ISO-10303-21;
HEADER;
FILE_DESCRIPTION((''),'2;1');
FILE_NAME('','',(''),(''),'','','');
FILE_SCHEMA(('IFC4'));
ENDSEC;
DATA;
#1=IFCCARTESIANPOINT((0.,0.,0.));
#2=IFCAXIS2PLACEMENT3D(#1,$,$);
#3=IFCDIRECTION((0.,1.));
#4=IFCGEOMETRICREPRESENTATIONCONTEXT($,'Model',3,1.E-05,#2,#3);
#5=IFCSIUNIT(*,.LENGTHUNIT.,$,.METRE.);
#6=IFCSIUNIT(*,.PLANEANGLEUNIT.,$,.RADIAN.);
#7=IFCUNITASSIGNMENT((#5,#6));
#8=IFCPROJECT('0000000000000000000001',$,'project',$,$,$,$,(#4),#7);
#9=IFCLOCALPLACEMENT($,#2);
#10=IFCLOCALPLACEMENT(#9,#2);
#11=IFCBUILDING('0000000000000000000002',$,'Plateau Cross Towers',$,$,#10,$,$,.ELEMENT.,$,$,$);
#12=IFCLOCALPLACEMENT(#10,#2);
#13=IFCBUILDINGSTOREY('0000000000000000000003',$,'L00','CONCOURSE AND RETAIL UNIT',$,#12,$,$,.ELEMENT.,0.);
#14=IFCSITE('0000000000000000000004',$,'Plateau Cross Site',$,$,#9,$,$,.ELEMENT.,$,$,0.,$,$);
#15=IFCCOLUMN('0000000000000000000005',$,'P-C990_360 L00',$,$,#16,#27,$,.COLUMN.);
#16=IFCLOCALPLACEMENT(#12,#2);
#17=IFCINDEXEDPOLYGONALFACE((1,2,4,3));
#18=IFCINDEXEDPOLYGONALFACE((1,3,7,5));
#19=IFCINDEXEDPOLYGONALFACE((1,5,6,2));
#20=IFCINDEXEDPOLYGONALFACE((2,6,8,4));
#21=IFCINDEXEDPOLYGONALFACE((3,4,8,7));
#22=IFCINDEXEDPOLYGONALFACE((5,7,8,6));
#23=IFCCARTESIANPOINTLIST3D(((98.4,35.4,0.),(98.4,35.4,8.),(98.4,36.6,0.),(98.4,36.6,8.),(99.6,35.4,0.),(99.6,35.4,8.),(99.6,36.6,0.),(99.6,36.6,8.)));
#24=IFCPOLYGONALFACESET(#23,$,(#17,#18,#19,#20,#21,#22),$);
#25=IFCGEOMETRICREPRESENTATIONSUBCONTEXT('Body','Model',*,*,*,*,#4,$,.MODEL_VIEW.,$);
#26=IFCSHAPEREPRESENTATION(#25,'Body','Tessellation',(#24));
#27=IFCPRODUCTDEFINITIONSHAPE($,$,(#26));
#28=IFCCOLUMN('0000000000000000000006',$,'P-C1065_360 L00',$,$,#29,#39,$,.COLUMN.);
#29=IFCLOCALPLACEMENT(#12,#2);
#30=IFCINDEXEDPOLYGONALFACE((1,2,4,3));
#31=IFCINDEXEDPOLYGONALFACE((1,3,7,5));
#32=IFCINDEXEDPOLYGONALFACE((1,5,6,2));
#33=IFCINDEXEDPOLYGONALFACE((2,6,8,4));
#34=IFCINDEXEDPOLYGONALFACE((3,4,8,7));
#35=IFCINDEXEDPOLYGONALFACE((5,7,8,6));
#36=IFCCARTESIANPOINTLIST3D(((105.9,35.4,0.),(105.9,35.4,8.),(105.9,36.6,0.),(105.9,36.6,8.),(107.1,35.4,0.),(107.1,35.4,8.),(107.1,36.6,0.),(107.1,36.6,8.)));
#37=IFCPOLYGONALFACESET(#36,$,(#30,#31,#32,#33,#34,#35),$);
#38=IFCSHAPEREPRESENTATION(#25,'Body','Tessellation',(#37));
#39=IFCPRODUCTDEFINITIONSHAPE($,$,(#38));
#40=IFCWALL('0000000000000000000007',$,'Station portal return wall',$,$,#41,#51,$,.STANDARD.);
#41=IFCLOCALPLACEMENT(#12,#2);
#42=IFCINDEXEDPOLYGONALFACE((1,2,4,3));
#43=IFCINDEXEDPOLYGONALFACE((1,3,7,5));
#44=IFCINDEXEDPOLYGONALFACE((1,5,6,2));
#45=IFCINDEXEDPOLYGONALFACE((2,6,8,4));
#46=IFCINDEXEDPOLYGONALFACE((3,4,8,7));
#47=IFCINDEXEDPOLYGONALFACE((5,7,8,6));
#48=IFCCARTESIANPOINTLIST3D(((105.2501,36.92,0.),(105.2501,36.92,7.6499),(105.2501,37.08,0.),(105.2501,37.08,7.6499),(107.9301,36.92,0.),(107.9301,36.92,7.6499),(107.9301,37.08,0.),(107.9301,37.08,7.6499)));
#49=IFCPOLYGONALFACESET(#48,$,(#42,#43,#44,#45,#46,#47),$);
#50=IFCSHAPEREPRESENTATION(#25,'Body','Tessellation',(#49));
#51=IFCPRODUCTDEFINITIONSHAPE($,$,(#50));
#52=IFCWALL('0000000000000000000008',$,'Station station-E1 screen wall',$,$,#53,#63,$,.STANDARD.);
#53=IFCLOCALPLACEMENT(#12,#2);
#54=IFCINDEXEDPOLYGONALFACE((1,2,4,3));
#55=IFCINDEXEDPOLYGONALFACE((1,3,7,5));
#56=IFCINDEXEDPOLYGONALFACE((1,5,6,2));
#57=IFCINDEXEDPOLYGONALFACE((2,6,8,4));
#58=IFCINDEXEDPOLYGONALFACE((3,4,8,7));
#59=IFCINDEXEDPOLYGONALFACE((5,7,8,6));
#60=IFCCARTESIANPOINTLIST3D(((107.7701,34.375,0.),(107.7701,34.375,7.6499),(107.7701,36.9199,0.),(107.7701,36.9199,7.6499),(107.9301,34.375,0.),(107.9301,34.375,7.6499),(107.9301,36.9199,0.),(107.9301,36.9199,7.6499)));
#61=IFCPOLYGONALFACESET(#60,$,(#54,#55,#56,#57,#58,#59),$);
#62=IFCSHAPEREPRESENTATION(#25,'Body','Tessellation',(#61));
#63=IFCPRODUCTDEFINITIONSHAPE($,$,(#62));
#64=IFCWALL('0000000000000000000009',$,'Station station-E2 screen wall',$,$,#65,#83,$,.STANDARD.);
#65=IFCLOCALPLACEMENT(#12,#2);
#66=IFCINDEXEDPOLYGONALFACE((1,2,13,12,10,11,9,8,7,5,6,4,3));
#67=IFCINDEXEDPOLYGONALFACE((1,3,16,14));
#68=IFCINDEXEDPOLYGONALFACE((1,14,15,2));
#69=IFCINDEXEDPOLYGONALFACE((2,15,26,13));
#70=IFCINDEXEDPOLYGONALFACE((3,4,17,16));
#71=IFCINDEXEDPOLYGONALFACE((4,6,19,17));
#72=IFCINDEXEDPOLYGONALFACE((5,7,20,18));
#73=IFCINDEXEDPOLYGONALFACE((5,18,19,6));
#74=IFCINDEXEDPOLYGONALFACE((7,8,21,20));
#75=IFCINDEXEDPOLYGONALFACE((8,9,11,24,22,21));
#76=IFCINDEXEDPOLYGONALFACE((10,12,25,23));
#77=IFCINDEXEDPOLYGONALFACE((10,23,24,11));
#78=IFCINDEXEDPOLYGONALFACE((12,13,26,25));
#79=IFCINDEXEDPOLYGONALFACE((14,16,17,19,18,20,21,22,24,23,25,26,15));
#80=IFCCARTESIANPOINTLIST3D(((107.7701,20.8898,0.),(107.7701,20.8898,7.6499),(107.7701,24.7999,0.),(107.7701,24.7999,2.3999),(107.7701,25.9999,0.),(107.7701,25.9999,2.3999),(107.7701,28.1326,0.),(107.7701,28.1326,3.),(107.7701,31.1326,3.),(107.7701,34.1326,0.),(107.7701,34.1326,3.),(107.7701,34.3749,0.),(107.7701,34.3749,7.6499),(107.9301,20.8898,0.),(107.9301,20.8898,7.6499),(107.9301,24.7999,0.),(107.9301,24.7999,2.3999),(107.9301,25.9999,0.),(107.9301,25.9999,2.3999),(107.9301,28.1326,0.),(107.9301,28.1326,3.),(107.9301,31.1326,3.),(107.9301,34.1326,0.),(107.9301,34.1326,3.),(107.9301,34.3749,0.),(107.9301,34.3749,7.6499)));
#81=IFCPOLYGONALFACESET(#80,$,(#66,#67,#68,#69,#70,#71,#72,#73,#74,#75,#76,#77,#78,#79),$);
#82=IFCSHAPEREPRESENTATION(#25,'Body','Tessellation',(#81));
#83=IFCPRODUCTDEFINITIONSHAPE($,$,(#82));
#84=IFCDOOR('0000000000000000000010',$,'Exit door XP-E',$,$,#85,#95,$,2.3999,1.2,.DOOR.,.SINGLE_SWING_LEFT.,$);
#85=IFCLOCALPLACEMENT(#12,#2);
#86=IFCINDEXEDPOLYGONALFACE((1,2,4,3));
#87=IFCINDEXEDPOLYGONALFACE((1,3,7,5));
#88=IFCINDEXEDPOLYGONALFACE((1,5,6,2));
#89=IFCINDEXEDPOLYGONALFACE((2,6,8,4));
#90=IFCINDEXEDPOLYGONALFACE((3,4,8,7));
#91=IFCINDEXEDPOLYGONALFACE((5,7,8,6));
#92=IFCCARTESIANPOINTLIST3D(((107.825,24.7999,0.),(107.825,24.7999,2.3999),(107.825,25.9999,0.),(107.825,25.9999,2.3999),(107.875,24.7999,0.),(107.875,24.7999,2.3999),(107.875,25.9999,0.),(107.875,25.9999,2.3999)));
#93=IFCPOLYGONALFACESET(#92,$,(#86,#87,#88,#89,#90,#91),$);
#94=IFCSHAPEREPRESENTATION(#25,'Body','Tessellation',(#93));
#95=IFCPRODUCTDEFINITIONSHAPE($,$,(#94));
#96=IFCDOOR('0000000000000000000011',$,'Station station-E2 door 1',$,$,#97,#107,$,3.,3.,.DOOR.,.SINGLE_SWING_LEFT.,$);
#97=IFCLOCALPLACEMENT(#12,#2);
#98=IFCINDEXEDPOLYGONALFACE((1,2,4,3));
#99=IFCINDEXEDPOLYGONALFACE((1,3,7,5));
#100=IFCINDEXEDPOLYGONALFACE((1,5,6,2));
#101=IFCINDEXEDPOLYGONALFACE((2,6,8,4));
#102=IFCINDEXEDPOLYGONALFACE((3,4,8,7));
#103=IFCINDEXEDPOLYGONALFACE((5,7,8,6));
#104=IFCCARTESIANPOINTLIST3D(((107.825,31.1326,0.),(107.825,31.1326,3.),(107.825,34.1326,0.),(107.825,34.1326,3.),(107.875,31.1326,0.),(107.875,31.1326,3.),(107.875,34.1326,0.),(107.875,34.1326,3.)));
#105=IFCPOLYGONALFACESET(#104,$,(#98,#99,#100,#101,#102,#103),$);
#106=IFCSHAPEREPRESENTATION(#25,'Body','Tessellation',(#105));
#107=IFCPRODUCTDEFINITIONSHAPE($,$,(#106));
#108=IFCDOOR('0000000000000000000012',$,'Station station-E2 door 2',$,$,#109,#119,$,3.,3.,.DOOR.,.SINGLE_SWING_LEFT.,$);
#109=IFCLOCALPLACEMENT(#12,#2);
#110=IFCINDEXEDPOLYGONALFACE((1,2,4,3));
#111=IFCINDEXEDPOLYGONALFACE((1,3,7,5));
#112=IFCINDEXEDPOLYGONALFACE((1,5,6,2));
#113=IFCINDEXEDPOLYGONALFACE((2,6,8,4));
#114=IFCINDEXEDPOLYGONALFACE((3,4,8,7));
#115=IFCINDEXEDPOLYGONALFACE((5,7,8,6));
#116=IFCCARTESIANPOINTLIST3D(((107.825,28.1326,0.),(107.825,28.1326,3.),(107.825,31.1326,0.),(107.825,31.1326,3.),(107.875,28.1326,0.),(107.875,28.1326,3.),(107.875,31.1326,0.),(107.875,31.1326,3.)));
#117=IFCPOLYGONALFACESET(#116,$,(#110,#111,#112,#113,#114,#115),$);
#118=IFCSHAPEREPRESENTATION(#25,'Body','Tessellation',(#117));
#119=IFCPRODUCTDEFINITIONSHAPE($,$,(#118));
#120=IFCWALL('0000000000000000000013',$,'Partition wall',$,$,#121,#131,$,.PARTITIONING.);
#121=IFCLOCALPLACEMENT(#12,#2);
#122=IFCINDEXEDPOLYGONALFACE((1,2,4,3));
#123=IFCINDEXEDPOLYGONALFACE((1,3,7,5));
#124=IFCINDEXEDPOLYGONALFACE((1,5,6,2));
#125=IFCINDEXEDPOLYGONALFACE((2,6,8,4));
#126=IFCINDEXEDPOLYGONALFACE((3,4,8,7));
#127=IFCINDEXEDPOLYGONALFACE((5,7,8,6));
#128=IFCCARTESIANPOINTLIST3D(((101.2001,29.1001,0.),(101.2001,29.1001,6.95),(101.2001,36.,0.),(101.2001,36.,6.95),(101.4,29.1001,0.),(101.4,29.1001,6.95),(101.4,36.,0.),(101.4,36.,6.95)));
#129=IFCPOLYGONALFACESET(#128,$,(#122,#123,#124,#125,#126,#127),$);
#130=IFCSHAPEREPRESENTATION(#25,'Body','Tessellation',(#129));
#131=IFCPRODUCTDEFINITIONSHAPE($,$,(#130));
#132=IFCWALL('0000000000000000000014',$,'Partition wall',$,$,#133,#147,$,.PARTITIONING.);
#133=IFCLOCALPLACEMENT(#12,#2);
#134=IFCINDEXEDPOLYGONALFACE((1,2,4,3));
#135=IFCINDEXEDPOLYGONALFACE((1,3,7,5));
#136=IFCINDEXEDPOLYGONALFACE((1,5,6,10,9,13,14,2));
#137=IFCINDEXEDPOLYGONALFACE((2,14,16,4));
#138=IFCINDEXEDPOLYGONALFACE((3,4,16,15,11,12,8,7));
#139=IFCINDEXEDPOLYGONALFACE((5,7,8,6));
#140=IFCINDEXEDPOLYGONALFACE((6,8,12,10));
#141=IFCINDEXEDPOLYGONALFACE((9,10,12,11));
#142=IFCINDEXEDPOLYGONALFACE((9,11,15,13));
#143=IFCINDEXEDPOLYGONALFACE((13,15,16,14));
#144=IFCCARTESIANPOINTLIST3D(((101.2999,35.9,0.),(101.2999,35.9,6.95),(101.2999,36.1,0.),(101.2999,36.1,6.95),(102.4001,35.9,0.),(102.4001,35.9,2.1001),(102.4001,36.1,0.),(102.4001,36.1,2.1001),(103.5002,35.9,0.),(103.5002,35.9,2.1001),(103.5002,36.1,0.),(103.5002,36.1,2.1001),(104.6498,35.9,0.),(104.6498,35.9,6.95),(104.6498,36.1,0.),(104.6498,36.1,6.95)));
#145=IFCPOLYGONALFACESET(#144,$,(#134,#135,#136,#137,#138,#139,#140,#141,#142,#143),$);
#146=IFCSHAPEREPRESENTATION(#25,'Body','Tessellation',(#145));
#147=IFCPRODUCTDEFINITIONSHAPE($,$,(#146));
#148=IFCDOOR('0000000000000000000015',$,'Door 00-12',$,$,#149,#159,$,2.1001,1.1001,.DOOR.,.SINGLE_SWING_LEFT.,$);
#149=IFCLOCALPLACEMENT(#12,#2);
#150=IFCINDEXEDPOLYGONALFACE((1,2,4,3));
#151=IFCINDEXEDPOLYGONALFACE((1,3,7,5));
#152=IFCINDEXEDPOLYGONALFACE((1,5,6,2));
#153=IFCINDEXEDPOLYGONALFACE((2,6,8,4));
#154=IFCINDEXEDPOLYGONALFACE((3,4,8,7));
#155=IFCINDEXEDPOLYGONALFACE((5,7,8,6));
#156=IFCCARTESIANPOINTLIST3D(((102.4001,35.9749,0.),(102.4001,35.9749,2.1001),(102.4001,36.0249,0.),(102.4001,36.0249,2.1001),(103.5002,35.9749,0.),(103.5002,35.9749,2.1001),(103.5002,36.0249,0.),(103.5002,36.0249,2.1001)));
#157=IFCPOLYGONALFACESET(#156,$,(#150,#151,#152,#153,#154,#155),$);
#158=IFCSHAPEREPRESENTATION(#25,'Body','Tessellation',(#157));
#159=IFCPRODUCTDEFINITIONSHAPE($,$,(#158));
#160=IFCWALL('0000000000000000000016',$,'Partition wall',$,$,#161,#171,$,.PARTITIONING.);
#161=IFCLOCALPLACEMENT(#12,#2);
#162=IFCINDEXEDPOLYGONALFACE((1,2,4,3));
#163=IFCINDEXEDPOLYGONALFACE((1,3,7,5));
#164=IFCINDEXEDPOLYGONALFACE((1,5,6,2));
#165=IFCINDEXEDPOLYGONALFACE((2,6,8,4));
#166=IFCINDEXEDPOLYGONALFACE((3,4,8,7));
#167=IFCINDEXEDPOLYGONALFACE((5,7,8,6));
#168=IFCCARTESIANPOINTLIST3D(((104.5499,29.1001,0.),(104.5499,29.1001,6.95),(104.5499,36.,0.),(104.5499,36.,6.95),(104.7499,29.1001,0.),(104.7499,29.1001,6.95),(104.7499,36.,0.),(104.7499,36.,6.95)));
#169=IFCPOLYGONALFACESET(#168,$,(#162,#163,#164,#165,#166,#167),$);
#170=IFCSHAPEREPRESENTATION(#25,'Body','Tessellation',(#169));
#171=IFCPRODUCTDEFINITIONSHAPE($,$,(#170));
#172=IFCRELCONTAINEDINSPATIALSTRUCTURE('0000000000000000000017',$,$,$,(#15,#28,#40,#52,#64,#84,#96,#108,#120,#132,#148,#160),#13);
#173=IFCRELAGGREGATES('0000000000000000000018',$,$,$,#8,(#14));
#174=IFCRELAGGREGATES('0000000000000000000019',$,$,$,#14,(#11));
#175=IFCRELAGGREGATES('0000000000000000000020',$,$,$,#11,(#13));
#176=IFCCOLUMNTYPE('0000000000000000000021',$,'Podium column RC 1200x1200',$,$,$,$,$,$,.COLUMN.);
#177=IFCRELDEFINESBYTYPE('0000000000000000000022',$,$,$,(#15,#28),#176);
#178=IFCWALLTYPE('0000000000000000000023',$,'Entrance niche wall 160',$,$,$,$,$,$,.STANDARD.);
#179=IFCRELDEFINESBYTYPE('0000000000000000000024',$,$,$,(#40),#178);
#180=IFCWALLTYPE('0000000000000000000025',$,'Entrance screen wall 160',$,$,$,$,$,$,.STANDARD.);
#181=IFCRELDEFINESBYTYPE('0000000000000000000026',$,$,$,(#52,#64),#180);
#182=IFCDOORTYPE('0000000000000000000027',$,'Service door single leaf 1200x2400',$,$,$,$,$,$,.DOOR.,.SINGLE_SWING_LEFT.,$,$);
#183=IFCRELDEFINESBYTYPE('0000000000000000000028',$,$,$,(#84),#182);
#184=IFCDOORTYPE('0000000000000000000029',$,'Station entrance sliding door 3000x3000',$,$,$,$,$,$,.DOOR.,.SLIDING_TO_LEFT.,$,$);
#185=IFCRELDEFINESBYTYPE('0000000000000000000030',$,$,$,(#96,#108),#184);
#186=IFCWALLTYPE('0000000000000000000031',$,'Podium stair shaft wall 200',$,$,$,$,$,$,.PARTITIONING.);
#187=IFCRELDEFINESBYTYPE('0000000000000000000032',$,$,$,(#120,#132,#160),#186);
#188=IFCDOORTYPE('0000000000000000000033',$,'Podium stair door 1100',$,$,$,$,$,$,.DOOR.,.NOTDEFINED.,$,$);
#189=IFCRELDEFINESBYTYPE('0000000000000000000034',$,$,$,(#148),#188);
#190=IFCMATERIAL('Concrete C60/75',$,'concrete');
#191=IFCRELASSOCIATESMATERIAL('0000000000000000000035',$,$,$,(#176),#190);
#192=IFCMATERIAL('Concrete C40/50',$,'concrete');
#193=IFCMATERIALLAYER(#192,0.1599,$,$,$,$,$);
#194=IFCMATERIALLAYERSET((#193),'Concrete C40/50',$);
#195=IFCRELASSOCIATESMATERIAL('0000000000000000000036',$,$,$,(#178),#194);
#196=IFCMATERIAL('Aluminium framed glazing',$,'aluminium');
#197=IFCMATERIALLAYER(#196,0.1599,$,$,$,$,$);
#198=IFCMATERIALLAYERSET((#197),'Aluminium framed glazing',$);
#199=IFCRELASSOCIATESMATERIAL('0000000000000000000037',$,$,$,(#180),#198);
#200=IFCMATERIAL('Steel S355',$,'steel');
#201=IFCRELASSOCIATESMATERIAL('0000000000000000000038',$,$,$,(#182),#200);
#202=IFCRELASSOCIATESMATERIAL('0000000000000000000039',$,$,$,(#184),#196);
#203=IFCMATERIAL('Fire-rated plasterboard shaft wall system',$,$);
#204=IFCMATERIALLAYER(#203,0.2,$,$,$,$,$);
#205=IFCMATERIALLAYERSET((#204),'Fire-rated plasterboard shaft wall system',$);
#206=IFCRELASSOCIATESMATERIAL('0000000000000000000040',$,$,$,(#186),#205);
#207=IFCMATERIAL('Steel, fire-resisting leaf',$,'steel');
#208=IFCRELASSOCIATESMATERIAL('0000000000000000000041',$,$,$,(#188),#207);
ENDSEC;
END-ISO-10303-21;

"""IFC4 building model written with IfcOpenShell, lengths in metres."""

from ifc_helpers import new_model, si_unit, direction, frame, frame_2d, origin, origin_2d, place, context, subcontext, project, spatial, rectangle, extrude, material, layer, layer_set, material_profile, profile_set, type_object, element, fill, save


model = new_model("IFC4")

# Units and contexts
model_context = context("Model", 3, precision=1e-05, world=origin(), true_north=direction((0.0, 1.0)))
body_context = subcontext(model_context, "Body", "Model", "MODEL_VIEW")
ifc_project = project(units=[si_unit("LENGTHUNIT", "METRE"), si_unit("PLANEANGLEUNIT", "RADIAN")], contexts=[model_context])

# Site, building, storey
site_placement = place(None, origin())
site = spatial("IfcSite", under=ifc_project, at=site_placement, Name="Plateau Cross Site", CompositionType="ELEMENT", RefElevation=0.0)
building_placement = place(site_placement, origin())
building = spatial("IfcBuilding", under=site, at=building_placement, Name="Plateau Cross Towers", CompositionType="ELEMENT")
storey_placement = place(building_placement, origin())
storey = spatial("IfcBuildingStorey", under=building, at=storey_placement, Name="L00", Description="CONCOURSE AND RETAIL UNIT", CompositionType="ELEMENT", Elevation=0.0)

# Columns
ifc_material_1 = material(Name="Concrete C60/75", Category="concrete")
ifc_material_profile = material_profile(ifc_material_1, rectangle(XDim=1.2, YDim=1.2, at=origin_2d()), Name="RC 1200x1200")
ifc_profile_set = profile_set([ifc_material_profile], Name="Concrete C60/75")
column_type = type_object("IfcColumnType", Name="Podium column RC 1200x1200", PredefinedType="COLUMN", material=ifc_profile_set)
for number, where, z_axis, x_axis, name in (
    (1, (99.0, 36.0, 0.0), (0.0, 0.0, 1.0), (1.0, 0.0, 0.0), "P-C990_360 L00"),
    (2, (106.5, 36.0, 0.0), (0.0, 0.0, 1.0), (1.0, 0.0, 0.0), "P-C1065_360 L00"),
):
    element("IfcColumn", number, at=place(storey_placement, frame(where, z_axis=z_axis, x_axis=x_axis)), inside=storey, type_object=column_type, Name=name, PredefinedType="COLUMN", context=body_context, shape_type="SweptSolid", body=[
        extrude(rectangle(XDim=1.2, YDim=1.2, at=origin_2d()), origin(), (0.0, 0.0, 1.0), 8.0),
    ])

# Walls
ifc_material_2 = material(Name="Concrete C40/50", Category="concrete")
ifc_layer_1 = layer(ifc_material_2, 0.1599)
ifc_layer_set_1 = layer_set([ifc_layer_1], Name="Concrete C40/50")
wall_type_1 = type_object("IfcWallType", Name="Entrance niche wall 160", PredefinedType="STANDARD", material=ifc_layer_set_1)
wall_1_placement = place(storey_placement, frame((107.9299, 37.0, 0.0), z_axis=(0.0, 0.0, 1.0), x_axis=(-1.0, 0.0, 0.0)))
element("IfcWall", 3, at=wall_1_placement, inside=storey, type_object=wall_type_1, Name="Station portal return wall", PredefinedType="STANDARD", context=body_context, shape_type="SweptSolid", body=[
    extrude(rectangle(XDim=2.6799, YDim=0.1599, at=frame_2d((1.3398, 0.0))), origin(), (0.0, 0.0, 1.0), 7.6499),
])
ifc_material_3 = material(Name="Aluminium framed glazing", Category="aluminium")
ifc_layer_2 = layer(ifc_material_3, 0.1599)
ifc_layer_set_2 = layer_set([ifc_layer_2], Name="Aluminium framed glazing")
wall_type_2 = type_object("IfcWallType", Name="Entrance screen wall 160", PredefinedType="STANDARD", material=ifc_layer_set_2)
wall_2_placement = place(storey_placement, frame((107.8501, 36.9199, 0.0), z_axis=(0.0, 0.0, 1.0), x_axis=(0.0, -1.0, 0.0)))
element("IfcWall", 4, at=wall_2_placement, inside=storey, type_object=wall_type_2, Name="Station station-E1 screen wall", PredefinedType="STANDARD", context=body_context, shape_type="SweptSolid", body=[
    extrude(rectangle(XDim=2.5449, YDim=0.1599, at=frame_2d((1.2725, 0.0))), origin(), (0.0, 0.0, 1.0), 7.6499),
])

# Wall, openings, doors
wall_3_placement = place(storey_placement, frame((107.8501, 34.375, 0.0), z_axis=(0.0, 0.0, 1.0), x_axis=(0.0, -1.0, 0.0)))
wall_3 = element("IfcWall", 5, at=wall_3_placement, inside=storey, type_object=wall_type_2, Name="Station station-E2 screen wall", PredefinedType="STANDARD", context=body_context, shape_type="SweptSolid", body=[
    extrude(rectangle(XDim=13.4851, YDim=0.1599, at=frame_2d((6.7427, 0.0))), origin(), (0.0, 0.0, 1.0), 7.6499),
])
opening_1_placement = place(wall_3_placement, frame((0.2424, 0.0, 0.0)))
opening_1 = element("IfcOpeningElement", 6, at=opening_1_placement, cuts=wall_3, PredefinedType="OPENING", context=body_context, shape_type="SweptSolid", body=[
    extrude(rectangle(XDim=3.0, YDim=3.0, at=frame_2d((1.5, 1.5))), frame((0.0, 0.0898, 0.0), z_axis=(0.0, -1.0, 0.0), x_axis=(1.0, 0.0, 0.0)), (0.0, 0.0, 1.0), 0.1799),
])
opening_2_placement = place(wall_3_placement, frame((3.2424, 0.0, 0.0)))
opening_2 = element("IfcOpeningElement", 7, at=opening_2_placement, cuts=wall_3, PredefinedType="OPENING", context=body_context, shape_type="SweptSolid", body=[
    extrude(rectangle(XDim=3.0, YDim=3.0, at=frame_2d((1.5, 1.5))), frame((0.0, 0.0898, 0.0), z_axis=(0.0, -1.0, 0.0), x_axis=(1.0, 0.0, 0.0)), (0.0, 0.0, 1.0), 0.1799),
])
opening_3_placement = place(wall_3_placement, frame((8.375, 0.0, 0.0)))
opening_3 = element("IfcOpeningElement", 8, at=opening_3_placement, cuts=wall_3, PredefinedType="OPENING", context=body_context, shape_type="SweptSolid", body=[
    extrude(rectangle(XDim=1.2, YDim=2.3999, at=frame_2d((0.6001, 1.2))), frame((0.0, 0.0898, 0.0), z_axis=(0.0, -1.0, 0.0), x_axis=(1.0, 0.0, 0.0)), (0.0, 0.0, 1.0), 0.1799),
])
ifc_material_4 = material(Name="Steel S355", Category="steel")
door_type_1 = type_object("IfcDoorType", Name="Service door single leaf 1200x2400", OperationType="SINGLE_SWING_LEFT", PredefinedType="DOOR", material=ifc_material_4)
door_1_placement = place(opening_3_placement, origin())
door_1 = element("IfcDoor", 9, at=door_1_placement, inside=storey, type_object=door_type_1, Name="Exit door XP-E", OperationType="SINGLE_SWING_LEFT", OverallHeight=2.3999, OverallWidth=1.2, PredefinedType="DOOR", context=body_context, shape_type="SweptSolid", body=[
    extrude(rectangle(XDim=1.2, YDim=2.3999, at=frame_2d((0.6001, 1.2))), frame((0.0, 0.0249, 0.0), z_axis=(0.0, -1.0, 0.0), x_axis=(1.0, 0.0, 0.0)), (0.0, 0.0, 1.0), 0.05),
])
fill(opening_3, door_1)
door_type_2 = type_object("IfcDoorType", Name="Station entrance sliding door 3000x3000", OperationType="SLIDING_TO_LEFT", PredefinedType="DOOR", material=ifc_material_3)
door_2_placement = place(opening_1_placement, origin())
door_2 = element("IfcDoor", 10, at=door_2_placement, inside=storey, type_object=door_type_2, Name="Station station-E2 door 1", OperationType="SINGLE_SWING_LEFT", OverallHeight=3.0, OverallWidth=3.0, PredefinedType="DOOR", context=body_context, shape_type="SweptSolid", body=[
    extrude(rectangle(XDim=3.0, YDim=3.0, at=frame_2d((1.5, 1.5))), frame((0.0, 0.0249, 0.0), z_axis=(0.0, -1.0, 0.0), x_axis=(1.0, 0.0, 0.0)), (0.0, 0.0, 1.0), 0.05),
])
fill(opening_1, door_2)
door_3_placement = place(opening_2_placement, origin())
door_3 = element("IfcDoor", 11, at=door_3_placement, inside=storey, type_object=door_type_2, Name="Station station-E2 door 2", OperationType="SINGLE_SWING_LEFT", OverallHeight=3.0, OverallWidth=3.0, PredefinedType="DOOR", context=body_context, shape_type="SweptSolid", body=[
    extrude(rectangle(XDim=3.0, YDim=3.0, at=frame_2d((1.5, 1.5))), frame((0.0, 0.0249, 0.0), z_axis=(0.0, -1.0, 0.0), x_axis=(1.0, 0.0, 0.0)), (0.0, 0.0, 1.0), 0.05),
])
fill(opening_2, door_3)

# Wall
ifc_material_5 = material(Name="Fire-rated plasterboard shaft wall system")
ifc_layer_3 = layer(ifc_material_5, 0.2)
ifc_layer_set_3 = layer_set([ifc_layer_3], Name="Fire-rated plasterboard shaft wall system")
wall_type_3 = type_object("IfcWallType", Name="Podium stair shaft wall 200", PredefinedType="PARTITIONING", material=ifc_layer_set_3)
wall_4_placement = place(storey_placement, frame((101.3, 29.1001, 0.0), z_axis=(0.0, 0.0, 1.0), x_axis=(0.0, 1.0, 0.0)))
element("IfcWall", 12, at=wall_4_placement, inside=storey, type_object=wall_type_3, Name="Partition wall", PredefinedType="PARTITIONING", context=body_context, shape_type="SweptSolid", body=[
    extrude(rectangle(XDim=6.8999, YDim=0.2, at=frame_2d((3.45, 0.0))), origin(), (0.0, 0.0, 1.0), 6.95),
])

# Wall, opening, door
wall_5_placement = place(storey_placement, frame((101.3, 36.0, 0.0), z_axis=(0.0, 0.0, 1.0), x_axis=(1.0, 0.0, 0.0)))
wall_5 = element("IfcWall", 13, at=wall_5_placement, inside=storey, type_object=wall_type_3, Name="Partition wall", PredefinedType="PARTITIONING", context=body_context, shape_type="SweptSolid", body=[
    extrude(rectangle(XDim=3.3499, YDim=0.2, at=frame_2d((1.6748, 0.0))), origin(), (0.0, 0.0, 1.0), 6.95),
])
opening_4_placement = place(wall_5_placement, frame((1.1001, 0.0, 0.0)))
opening_4 = element("IfcOpeningElement", 14, at=opening_4_placement, cuts=wall_5, PredefinedType="OPENING", context=body_context, shape_type="SweptSolid", body=[
    extrude(rectangle(XDim=1.1001, YDim=2.1001, at=frame_2d((0.55, 1.05))), frame((0.0, 0.1099, 0.0), z_axis=(0.0, -1.0, 0.0), x_axis=(1.0, 0.0, 0.0)), (0.0, 0.0, 1.0), 0.22),
])
ifc_material_6 = material(Name="Steel, fire-resisting leaf", Category="steel")
door_type_3 = type_object("IfcDoorType", Name="Podium stair door 1100", OperationType="NOTDEFINED", PredefinedType="DOOR", material=ifc_material_6)
door_4_placement = place(opening_4_placement, origin())
door_4 = element("IfcDoor", 15, at=door_4_placement, inside=storey, type_object=door_type_3, Name="Door 00-12", OperationType="SINGLE_SWING_LEFT", OverallHeight=2.1001, OverallWidth=1.1001, PredefinedType="DOOR", context=body_context, shape_type="SweptSolid", body=[
    extrude(rectangle(XDim=1.1001, YDim=2.1001, at=frame_2d((0.55, 1.05))), frame((0.0, 0.0249, 0.0), z_axis=(0.0, -1.0, 0.0), x_axis=(1.0, 0.0, 0.0)), (0.0, 0.0, 1.0), 0.05),
])
fill(opening_4, door_4)

# Wall
wall_6_placement = place(storey_placement, frame((104.6499, 36.0, 0.0), z_axis=(0.0, 0.0, 1.0), x_axis=(0.0, -1.0, 0.0)))
element("IfcWall", 16, at=wall_6_placement, inside=storey, type_object=wall_type_3, Name="Partition wall", PredefinedType="PARTITIONING", context=body_context, shape_type="SweptSolid", body=[
    extrude(rectangle(XDim=6.8999, YDim=0.2, at=frame_2d((3.45, 0.0))), origin(), (0.0, 0.0, 1.0), 6.95),
])

save(model, "model.ifc")
